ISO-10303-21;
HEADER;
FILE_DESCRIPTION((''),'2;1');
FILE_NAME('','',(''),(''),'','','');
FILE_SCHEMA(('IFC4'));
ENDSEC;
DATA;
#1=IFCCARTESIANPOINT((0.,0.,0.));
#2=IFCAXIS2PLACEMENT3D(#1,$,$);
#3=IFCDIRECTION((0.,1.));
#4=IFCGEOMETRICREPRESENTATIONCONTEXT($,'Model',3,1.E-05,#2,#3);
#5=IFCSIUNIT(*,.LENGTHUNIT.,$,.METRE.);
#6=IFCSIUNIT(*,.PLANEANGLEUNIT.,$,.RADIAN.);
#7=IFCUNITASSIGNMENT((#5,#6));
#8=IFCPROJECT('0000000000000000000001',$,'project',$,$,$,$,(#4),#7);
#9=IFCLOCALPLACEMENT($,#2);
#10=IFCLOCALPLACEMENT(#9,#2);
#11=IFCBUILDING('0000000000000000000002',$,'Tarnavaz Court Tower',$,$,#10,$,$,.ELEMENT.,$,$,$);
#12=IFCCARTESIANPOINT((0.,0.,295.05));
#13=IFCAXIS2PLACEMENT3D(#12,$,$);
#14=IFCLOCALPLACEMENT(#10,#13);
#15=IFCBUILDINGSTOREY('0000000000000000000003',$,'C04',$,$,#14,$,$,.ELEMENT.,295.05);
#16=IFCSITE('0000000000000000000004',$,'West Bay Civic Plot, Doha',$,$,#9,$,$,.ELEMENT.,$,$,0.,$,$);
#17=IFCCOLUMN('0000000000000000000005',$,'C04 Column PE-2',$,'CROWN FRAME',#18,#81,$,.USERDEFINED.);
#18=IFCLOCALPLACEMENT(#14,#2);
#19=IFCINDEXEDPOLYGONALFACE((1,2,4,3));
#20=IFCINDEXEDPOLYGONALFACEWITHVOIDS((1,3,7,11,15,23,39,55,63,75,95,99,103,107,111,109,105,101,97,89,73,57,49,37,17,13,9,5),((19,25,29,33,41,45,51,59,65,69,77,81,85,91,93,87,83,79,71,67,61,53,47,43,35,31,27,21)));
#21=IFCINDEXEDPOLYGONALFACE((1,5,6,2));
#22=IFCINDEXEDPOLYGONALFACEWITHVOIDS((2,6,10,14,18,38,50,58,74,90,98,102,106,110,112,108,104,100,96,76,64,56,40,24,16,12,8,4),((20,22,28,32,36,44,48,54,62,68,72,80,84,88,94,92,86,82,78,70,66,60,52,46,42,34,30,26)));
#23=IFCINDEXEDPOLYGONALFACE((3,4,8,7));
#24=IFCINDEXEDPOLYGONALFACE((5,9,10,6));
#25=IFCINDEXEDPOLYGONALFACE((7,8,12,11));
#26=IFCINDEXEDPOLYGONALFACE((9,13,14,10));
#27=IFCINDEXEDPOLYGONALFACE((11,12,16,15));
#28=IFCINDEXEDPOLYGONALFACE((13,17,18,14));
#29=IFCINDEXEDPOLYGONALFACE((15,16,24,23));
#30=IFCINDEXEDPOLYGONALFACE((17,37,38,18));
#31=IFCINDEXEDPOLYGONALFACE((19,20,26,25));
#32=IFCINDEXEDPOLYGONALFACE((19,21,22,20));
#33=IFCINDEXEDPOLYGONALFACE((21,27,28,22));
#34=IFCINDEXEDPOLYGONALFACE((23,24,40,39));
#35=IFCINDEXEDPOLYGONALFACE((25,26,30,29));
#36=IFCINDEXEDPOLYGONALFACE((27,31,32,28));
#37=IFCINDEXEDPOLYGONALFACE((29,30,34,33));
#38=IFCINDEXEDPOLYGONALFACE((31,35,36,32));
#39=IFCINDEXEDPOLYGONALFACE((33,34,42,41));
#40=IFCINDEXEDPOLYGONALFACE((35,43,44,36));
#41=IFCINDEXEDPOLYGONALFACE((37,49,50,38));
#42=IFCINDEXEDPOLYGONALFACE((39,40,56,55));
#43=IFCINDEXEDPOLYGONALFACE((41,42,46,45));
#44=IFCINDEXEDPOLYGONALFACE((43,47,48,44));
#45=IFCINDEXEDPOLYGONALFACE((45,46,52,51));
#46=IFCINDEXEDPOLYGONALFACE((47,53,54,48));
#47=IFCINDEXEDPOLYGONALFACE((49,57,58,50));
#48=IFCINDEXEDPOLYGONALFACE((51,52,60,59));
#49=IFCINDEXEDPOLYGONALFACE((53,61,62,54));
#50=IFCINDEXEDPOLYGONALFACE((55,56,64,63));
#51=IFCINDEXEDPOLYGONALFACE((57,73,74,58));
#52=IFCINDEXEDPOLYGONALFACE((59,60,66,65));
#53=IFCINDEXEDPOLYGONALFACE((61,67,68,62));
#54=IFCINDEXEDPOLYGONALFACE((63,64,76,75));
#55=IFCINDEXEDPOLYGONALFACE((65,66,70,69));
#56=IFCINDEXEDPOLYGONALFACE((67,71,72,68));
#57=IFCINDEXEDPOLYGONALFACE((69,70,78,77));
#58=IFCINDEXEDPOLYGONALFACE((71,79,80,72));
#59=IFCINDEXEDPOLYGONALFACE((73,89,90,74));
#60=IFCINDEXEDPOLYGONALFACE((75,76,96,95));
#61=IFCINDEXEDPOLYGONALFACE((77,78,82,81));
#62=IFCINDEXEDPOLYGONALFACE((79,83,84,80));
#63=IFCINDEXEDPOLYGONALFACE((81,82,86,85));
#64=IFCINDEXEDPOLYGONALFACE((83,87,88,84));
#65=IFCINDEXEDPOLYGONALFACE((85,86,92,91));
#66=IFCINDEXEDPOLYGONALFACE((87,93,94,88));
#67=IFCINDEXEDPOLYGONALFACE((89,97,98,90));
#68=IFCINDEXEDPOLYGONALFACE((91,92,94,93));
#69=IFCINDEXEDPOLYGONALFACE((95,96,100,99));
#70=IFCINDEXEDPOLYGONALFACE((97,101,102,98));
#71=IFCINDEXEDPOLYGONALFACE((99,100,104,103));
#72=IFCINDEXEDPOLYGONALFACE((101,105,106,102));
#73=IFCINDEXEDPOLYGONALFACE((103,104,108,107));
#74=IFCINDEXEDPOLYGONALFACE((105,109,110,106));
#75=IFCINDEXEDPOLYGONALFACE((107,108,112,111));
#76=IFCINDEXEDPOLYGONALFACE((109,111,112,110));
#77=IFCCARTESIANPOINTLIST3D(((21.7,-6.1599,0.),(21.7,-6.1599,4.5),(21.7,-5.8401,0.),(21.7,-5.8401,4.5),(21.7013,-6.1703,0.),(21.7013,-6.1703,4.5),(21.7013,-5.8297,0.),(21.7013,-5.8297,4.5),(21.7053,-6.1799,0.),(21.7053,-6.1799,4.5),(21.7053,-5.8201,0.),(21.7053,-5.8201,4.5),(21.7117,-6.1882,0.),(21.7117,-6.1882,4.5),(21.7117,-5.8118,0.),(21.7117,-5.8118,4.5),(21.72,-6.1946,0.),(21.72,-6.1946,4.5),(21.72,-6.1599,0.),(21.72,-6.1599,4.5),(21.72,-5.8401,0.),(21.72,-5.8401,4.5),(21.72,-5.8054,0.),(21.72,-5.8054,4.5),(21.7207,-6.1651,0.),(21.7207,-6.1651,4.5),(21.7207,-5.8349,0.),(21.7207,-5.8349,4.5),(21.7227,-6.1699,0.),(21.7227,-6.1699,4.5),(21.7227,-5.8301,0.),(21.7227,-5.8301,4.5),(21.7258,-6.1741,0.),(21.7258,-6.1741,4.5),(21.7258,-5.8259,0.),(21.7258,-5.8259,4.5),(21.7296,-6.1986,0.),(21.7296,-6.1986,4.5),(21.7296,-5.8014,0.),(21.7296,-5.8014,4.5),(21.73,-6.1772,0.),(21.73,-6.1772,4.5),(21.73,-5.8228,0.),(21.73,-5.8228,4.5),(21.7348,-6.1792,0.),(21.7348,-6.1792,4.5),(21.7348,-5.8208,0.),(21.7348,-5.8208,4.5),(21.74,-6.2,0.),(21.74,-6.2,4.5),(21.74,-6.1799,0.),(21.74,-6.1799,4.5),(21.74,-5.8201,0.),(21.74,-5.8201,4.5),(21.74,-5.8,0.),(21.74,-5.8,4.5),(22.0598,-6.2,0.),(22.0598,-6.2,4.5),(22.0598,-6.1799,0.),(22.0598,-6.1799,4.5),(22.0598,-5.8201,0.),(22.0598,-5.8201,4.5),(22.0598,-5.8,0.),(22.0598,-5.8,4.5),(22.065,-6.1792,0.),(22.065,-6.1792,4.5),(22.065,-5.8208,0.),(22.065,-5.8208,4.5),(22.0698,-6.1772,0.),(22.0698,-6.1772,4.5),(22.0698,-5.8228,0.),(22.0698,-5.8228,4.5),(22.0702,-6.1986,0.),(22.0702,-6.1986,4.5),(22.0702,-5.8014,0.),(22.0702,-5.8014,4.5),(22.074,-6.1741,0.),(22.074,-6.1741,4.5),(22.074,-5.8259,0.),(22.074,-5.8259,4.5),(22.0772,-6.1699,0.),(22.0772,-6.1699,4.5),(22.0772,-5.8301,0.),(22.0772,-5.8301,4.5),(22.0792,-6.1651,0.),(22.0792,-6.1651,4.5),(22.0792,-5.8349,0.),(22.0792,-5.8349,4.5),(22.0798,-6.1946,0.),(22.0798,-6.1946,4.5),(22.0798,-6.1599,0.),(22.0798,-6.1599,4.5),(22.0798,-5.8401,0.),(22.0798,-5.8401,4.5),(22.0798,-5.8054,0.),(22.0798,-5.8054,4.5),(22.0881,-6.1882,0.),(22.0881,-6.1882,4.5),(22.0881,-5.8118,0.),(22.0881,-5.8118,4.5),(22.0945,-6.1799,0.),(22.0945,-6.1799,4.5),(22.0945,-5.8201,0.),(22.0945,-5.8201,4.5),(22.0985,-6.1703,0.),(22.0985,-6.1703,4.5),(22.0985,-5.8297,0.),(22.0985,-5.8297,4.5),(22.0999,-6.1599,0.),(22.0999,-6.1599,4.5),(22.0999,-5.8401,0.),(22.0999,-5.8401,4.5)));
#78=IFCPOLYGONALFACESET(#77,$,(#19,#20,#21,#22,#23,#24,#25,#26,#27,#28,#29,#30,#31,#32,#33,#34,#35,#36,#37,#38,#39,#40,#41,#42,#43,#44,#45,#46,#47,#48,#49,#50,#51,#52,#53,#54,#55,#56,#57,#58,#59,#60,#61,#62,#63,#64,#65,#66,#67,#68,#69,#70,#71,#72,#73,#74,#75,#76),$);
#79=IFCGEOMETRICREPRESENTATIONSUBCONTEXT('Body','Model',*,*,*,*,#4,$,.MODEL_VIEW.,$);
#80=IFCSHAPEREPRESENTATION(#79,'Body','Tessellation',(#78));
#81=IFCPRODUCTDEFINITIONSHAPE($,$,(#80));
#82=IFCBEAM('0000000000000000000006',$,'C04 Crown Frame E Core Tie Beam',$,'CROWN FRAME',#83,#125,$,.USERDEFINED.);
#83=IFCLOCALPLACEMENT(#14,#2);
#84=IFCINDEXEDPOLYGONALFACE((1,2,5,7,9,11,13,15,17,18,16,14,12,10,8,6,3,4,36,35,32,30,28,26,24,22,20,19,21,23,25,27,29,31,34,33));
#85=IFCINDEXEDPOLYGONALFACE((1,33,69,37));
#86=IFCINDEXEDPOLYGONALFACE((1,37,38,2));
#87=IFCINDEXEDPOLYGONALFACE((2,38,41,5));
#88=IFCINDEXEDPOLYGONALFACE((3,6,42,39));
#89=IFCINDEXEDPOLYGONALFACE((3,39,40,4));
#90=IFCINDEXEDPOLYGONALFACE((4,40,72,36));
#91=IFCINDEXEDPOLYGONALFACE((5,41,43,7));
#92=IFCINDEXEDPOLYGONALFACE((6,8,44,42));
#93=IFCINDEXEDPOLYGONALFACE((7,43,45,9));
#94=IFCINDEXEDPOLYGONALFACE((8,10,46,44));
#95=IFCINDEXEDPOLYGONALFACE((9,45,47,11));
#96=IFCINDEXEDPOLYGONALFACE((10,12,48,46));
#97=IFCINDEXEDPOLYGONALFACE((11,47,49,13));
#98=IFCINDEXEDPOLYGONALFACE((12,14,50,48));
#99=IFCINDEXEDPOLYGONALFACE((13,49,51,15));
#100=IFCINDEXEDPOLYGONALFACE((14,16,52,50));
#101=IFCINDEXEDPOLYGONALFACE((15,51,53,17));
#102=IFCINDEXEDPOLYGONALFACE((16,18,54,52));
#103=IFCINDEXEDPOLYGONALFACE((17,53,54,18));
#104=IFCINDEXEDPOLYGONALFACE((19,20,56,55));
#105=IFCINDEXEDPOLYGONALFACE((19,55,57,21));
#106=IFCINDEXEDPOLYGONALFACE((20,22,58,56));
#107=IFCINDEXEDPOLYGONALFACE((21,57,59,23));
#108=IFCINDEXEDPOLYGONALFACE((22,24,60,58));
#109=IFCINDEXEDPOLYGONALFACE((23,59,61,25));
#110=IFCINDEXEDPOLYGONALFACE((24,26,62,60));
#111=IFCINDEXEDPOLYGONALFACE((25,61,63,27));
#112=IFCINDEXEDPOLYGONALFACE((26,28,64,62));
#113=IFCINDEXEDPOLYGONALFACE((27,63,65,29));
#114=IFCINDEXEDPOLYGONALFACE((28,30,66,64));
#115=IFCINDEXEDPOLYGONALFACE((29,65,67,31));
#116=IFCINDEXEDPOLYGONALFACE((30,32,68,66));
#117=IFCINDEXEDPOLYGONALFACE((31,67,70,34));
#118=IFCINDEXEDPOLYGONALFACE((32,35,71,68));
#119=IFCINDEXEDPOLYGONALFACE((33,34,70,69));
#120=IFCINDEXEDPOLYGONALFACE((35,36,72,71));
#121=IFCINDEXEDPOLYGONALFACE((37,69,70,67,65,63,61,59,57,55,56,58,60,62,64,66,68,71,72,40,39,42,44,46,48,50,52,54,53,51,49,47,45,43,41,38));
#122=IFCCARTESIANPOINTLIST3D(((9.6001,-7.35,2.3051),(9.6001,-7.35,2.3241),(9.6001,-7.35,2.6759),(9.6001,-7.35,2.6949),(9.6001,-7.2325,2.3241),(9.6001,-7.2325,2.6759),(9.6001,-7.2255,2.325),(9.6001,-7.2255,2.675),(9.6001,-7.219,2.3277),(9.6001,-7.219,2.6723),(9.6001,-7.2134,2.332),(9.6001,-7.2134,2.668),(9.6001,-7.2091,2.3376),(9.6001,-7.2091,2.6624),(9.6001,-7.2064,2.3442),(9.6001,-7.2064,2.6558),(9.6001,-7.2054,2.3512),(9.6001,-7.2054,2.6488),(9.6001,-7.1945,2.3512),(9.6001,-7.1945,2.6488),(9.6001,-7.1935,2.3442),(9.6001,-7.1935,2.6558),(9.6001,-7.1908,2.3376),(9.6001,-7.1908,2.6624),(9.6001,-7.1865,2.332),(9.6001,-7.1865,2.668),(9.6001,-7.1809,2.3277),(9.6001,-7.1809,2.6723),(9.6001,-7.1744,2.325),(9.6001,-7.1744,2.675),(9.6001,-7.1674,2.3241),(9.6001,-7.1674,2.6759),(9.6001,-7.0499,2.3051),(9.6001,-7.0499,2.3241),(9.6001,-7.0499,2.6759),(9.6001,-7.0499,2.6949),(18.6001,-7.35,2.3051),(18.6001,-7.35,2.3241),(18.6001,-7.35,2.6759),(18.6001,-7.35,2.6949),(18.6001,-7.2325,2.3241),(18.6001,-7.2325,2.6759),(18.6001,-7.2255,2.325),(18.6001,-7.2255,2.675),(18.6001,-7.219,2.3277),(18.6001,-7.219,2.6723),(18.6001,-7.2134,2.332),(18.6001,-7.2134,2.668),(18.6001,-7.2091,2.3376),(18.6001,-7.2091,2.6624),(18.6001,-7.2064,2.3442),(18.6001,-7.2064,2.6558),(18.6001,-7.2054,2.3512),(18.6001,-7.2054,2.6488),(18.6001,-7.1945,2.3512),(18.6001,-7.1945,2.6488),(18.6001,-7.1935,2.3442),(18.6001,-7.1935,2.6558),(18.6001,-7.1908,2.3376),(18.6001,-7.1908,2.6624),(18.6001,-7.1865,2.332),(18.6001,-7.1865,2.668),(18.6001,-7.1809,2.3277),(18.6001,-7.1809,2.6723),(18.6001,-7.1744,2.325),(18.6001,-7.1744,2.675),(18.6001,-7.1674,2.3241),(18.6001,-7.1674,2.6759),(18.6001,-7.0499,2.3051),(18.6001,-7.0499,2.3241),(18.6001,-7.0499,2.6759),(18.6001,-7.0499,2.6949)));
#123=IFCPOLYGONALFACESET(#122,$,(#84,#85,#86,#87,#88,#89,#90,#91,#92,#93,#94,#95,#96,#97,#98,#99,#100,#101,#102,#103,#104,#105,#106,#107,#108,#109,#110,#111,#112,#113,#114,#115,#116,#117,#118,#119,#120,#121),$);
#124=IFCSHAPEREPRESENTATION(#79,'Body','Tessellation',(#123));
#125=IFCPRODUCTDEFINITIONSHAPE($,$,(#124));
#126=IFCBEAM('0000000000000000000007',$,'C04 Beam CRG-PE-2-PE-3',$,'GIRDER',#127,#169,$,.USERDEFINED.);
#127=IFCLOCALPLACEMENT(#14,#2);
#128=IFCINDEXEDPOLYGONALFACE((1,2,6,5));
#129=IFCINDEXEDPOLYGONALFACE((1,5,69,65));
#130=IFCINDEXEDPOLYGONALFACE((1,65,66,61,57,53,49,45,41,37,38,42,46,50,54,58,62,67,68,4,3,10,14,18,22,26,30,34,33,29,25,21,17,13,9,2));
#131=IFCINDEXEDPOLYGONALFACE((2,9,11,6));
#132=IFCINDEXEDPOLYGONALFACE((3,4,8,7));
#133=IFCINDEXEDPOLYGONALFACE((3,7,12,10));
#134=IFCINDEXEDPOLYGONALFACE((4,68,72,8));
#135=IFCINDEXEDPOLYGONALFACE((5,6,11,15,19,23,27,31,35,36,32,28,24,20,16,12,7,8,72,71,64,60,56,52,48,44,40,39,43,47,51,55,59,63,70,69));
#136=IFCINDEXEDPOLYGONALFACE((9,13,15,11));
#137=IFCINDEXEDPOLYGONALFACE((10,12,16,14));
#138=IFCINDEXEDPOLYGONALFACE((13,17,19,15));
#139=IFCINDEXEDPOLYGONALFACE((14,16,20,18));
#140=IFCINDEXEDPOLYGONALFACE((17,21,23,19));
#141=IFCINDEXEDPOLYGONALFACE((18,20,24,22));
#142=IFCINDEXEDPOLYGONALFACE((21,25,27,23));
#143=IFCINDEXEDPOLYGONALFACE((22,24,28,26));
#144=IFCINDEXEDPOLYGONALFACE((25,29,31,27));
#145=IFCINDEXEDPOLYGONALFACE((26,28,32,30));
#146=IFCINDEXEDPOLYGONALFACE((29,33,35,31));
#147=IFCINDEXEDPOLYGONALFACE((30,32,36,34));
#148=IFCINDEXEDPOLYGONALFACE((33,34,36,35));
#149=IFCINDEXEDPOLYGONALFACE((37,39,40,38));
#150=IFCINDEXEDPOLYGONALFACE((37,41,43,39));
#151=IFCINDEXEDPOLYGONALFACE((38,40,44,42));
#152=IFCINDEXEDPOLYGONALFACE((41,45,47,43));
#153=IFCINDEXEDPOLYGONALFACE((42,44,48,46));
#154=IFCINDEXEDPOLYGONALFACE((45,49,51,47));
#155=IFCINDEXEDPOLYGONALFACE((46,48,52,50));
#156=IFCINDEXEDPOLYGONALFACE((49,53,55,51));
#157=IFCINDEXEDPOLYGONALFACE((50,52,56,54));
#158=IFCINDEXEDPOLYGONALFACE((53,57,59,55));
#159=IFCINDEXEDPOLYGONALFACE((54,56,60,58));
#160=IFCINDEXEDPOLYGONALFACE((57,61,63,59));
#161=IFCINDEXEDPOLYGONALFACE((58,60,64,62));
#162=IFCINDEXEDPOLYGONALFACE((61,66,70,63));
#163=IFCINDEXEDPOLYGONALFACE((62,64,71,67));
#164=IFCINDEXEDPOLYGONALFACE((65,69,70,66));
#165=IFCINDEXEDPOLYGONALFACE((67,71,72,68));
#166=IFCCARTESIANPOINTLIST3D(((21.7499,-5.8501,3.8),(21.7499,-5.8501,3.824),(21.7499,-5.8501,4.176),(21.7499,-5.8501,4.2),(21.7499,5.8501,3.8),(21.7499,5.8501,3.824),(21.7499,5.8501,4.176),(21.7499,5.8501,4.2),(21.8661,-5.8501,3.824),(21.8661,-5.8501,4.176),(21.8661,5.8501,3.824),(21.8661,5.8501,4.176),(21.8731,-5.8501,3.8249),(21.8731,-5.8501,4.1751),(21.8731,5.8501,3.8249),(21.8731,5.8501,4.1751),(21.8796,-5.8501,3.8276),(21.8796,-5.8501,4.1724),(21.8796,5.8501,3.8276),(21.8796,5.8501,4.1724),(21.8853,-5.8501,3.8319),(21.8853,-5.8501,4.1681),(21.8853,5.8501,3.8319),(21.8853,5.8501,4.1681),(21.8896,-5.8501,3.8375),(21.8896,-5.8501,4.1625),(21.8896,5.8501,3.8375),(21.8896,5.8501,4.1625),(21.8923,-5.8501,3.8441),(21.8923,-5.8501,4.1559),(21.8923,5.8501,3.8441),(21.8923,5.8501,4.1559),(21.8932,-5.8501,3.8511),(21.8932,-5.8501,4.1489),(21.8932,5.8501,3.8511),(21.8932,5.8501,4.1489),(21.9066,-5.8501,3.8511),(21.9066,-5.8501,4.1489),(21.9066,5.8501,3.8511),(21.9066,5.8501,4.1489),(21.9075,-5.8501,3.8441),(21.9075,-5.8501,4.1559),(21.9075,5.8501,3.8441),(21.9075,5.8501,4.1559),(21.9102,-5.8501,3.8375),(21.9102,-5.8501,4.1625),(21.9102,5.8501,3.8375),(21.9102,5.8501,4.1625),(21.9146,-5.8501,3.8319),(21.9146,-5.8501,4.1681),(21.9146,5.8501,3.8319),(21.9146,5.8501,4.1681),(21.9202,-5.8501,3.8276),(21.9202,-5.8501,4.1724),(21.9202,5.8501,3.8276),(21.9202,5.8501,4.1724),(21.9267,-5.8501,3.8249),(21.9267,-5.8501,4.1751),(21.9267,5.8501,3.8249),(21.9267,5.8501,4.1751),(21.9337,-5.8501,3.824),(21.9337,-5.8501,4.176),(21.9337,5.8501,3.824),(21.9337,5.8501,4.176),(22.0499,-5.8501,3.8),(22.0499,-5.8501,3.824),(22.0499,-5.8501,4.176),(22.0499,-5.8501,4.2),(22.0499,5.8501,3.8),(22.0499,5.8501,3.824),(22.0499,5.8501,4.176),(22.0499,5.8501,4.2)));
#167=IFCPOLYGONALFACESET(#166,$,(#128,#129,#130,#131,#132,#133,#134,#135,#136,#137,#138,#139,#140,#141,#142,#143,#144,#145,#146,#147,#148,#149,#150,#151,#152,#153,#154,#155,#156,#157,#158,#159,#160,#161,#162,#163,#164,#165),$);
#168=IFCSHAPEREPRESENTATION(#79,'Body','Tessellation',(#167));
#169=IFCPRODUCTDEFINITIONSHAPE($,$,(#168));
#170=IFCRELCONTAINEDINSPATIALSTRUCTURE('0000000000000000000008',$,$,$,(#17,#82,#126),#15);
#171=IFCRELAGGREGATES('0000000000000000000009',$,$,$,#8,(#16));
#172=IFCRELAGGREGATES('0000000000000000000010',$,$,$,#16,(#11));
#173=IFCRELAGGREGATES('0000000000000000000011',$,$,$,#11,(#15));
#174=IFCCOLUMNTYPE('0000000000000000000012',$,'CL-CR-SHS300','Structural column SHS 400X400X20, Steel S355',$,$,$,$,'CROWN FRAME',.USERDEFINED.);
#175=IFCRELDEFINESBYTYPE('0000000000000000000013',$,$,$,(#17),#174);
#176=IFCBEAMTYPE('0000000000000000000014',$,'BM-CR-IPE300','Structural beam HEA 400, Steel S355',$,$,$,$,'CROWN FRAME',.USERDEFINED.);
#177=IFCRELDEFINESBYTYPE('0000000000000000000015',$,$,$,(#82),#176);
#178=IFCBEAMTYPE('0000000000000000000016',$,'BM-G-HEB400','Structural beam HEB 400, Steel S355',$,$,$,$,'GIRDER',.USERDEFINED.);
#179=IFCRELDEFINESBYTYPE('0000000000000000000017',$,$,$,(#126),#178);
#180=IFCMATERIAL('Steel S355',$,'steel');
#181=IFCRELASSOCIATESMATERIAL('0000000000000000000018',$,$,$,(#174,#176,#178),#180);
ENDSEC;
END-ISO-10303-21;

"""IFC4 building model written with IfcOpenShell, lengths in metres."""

from ifc_helpers import new_model, si_unit, direction, frame, origin, origin_2d, place, context, subcontext, project, spatial, hollow_rectangle, i_section, extrude, material, material_profile, profile_set, type_object, element, save


model = new_model("IFC4")

# Units and contexts
model_context = context("Model", 3, precision=1e-05, world=origin(), true_north=direction((0.0, 1.0)))
body_context = subcontext(model_context, "Body", "Model", "MODEL_VIEW")
ifc_project = project(units=[si_unit("LENGTHUNIT", "METRE"), si_unit("PLANEANGLEUNIT", "RADIAN")], contexts=[model_context])

# Site, building, storey
site_placement = place(None, origin())
site = spatial("IfcSite", under=ifc_project, at=site_placement, Name="West Bay Civic Plot, Doha", CompositionType="ELEMENT", RefElevation=0.0)
building_placement = place(site_placement, origin())
building = spatial("IfcBuilding", under=site, at=building_placement, Name="Tarnavaz Court Tower", CompositionType="ELEMENT")
storey_placement = place(building_placement, frame((0.0, 0.0, 295.05)))
storey = spatial("IfcBuildingStorey", under=building, at=storey_placement, Name="C04", CompositionType="ELEMENT", Elevation=295.05)

# Column
ifc_material_1 = material(Name="Steel S355", Category="steel")
ifc_material_profile_1 = material_profile(ifc_material_1, hollow_rectangle(XDim=0.3999, YDim=0.3999, WallThickness=0.02, InnerFilletRadius=0.02, OuterFilletRadius=0.04, at=origin_2d()), Name="SHS 400X400X20")
ifc_profile_set_1 = profile_set([ifc_material_profile_1], Name="Steel S355")
column_type = type_object("IfcColumnType", Name="CL-CR-SHS300", Description="Structural column SHS 400X400X20, Steel S355", ElementType="CROWN FRAME", PredefinedType="USERDEFINED", material=ifc_profile_set_1)
column_1_placement = place(storey_placement, frame((21.8999, -6.0, 0.0), z_axis=(0.0, 0.0, 1.0), x_axis=(1.0, 0.0, 0.0)))
element("IfcColumn", 1, at=column_1_placement, inside=storey, type_object=column_type, Name="C04 Column PE-2", ObjectType="CROWN FRAME", PredefinedType="USERDEFINED", context=body_context, shape_type="SweptSolid", body=[
    extrude(hollow_rectangle(XDim=0.3999, YDim=0.3999, WallThickness=0.02, InnerFilletRadius=0.02, OuterFilletRadius=0.04, at=origin_2d()), origin(), (0.0, 0.0, 1.0), 4.5),
])

# Beams
ifc_material_profile_2 = material_profile(ifc_material_1, i_section(OverallWidth=0.3, OverallDepth=0.3899, WebThickness=0.011, FlangeThickness=0.019, FilletRadius=0.0271, at=origin_2d()), Name="HEA 400")
ifc_profile_set_2 = profile_set([ifc_material_profile_2], Name="Steel S355")
beam_type_1 = type_object("IfcBeamType", Name="BM-CR-IPE300", Description="Structural beam HEA 400, Steel S355", ElementType="CROWN FRAME", PredefinedType="USERDEFINED", material=ifc_profile_set_2)
beam_1_placement = place(storey_placement, frame((18.6001, -7.2, 2.5), z_axis=(-1.0, 0.0, 0.0), x_axis=(0.0, -1.0, 0.0)))
element("IfcBeam", 2, at=beam_1_placement, inside=storey, type_object=beam_type_1, Name="C04 Crown Frame E Core Tie Beam", ObjectType="CROWN FRAME", PredefinedType="USERDEFINED", context=body_context, shape_type="SweptSolid", body=[
    extrude(i_section(OverallWidth=0.3, OverallDepth=0.3899, WebThickness=0.011, FlangeThickness=0.019, FilletRadius=0.0271, at=origin_2d()), origin(), (0.0, 0.0, 1.0), 9.0),
])
ifc_material_profile_3 = material_profile(ifc_material_1, i_section(OverallWidth=0.3, OverallDepth=0.3999, WebThickness=0.0134, FlangeThickness=0.0239, FilletRadius=0.0271, at=origin_2d()), Name="HEB 400")
ifc_profile_set_3 = profile_set([ifc_material_profile_3], Name="Steel S355")
beam_type_2 = type_object("IfcBeamType", Name="BM-G-HEB400", Description="Structural beam HEB 400, Steel S355", ElementType="GIRDER", PredefinedType="USERDEFINED", material=ifc_profile_set_3)
beam_2_placement = place(storey_placement, frame((21.8999, -5.8501, 4.0), z_axis=(0.0, 1.0, 0.0), x_axis=(-1.0, 0.0, 0.0)))
element("IfcBeam", 3, at=beam_2_placement, inside=storey, type_object=beam_type_2, Name="C04 Beam CRG-PE-2-PE-3", ObjectType="GIRDER", PredefinedType="USERDEFINED", context=body_context, shape_type="SweptSolid", body=[
    extrude(i_section(OverallWidth=0.3, OverallDepth=0.3999, WebThickness=0.0134, FlangeThickness=0.0239, FilletRadius=0.0271, at=origin_2d()), origin(), (0.0, 0.0, 1.0), 11.7002),
])

save(model, "model.ifc")
